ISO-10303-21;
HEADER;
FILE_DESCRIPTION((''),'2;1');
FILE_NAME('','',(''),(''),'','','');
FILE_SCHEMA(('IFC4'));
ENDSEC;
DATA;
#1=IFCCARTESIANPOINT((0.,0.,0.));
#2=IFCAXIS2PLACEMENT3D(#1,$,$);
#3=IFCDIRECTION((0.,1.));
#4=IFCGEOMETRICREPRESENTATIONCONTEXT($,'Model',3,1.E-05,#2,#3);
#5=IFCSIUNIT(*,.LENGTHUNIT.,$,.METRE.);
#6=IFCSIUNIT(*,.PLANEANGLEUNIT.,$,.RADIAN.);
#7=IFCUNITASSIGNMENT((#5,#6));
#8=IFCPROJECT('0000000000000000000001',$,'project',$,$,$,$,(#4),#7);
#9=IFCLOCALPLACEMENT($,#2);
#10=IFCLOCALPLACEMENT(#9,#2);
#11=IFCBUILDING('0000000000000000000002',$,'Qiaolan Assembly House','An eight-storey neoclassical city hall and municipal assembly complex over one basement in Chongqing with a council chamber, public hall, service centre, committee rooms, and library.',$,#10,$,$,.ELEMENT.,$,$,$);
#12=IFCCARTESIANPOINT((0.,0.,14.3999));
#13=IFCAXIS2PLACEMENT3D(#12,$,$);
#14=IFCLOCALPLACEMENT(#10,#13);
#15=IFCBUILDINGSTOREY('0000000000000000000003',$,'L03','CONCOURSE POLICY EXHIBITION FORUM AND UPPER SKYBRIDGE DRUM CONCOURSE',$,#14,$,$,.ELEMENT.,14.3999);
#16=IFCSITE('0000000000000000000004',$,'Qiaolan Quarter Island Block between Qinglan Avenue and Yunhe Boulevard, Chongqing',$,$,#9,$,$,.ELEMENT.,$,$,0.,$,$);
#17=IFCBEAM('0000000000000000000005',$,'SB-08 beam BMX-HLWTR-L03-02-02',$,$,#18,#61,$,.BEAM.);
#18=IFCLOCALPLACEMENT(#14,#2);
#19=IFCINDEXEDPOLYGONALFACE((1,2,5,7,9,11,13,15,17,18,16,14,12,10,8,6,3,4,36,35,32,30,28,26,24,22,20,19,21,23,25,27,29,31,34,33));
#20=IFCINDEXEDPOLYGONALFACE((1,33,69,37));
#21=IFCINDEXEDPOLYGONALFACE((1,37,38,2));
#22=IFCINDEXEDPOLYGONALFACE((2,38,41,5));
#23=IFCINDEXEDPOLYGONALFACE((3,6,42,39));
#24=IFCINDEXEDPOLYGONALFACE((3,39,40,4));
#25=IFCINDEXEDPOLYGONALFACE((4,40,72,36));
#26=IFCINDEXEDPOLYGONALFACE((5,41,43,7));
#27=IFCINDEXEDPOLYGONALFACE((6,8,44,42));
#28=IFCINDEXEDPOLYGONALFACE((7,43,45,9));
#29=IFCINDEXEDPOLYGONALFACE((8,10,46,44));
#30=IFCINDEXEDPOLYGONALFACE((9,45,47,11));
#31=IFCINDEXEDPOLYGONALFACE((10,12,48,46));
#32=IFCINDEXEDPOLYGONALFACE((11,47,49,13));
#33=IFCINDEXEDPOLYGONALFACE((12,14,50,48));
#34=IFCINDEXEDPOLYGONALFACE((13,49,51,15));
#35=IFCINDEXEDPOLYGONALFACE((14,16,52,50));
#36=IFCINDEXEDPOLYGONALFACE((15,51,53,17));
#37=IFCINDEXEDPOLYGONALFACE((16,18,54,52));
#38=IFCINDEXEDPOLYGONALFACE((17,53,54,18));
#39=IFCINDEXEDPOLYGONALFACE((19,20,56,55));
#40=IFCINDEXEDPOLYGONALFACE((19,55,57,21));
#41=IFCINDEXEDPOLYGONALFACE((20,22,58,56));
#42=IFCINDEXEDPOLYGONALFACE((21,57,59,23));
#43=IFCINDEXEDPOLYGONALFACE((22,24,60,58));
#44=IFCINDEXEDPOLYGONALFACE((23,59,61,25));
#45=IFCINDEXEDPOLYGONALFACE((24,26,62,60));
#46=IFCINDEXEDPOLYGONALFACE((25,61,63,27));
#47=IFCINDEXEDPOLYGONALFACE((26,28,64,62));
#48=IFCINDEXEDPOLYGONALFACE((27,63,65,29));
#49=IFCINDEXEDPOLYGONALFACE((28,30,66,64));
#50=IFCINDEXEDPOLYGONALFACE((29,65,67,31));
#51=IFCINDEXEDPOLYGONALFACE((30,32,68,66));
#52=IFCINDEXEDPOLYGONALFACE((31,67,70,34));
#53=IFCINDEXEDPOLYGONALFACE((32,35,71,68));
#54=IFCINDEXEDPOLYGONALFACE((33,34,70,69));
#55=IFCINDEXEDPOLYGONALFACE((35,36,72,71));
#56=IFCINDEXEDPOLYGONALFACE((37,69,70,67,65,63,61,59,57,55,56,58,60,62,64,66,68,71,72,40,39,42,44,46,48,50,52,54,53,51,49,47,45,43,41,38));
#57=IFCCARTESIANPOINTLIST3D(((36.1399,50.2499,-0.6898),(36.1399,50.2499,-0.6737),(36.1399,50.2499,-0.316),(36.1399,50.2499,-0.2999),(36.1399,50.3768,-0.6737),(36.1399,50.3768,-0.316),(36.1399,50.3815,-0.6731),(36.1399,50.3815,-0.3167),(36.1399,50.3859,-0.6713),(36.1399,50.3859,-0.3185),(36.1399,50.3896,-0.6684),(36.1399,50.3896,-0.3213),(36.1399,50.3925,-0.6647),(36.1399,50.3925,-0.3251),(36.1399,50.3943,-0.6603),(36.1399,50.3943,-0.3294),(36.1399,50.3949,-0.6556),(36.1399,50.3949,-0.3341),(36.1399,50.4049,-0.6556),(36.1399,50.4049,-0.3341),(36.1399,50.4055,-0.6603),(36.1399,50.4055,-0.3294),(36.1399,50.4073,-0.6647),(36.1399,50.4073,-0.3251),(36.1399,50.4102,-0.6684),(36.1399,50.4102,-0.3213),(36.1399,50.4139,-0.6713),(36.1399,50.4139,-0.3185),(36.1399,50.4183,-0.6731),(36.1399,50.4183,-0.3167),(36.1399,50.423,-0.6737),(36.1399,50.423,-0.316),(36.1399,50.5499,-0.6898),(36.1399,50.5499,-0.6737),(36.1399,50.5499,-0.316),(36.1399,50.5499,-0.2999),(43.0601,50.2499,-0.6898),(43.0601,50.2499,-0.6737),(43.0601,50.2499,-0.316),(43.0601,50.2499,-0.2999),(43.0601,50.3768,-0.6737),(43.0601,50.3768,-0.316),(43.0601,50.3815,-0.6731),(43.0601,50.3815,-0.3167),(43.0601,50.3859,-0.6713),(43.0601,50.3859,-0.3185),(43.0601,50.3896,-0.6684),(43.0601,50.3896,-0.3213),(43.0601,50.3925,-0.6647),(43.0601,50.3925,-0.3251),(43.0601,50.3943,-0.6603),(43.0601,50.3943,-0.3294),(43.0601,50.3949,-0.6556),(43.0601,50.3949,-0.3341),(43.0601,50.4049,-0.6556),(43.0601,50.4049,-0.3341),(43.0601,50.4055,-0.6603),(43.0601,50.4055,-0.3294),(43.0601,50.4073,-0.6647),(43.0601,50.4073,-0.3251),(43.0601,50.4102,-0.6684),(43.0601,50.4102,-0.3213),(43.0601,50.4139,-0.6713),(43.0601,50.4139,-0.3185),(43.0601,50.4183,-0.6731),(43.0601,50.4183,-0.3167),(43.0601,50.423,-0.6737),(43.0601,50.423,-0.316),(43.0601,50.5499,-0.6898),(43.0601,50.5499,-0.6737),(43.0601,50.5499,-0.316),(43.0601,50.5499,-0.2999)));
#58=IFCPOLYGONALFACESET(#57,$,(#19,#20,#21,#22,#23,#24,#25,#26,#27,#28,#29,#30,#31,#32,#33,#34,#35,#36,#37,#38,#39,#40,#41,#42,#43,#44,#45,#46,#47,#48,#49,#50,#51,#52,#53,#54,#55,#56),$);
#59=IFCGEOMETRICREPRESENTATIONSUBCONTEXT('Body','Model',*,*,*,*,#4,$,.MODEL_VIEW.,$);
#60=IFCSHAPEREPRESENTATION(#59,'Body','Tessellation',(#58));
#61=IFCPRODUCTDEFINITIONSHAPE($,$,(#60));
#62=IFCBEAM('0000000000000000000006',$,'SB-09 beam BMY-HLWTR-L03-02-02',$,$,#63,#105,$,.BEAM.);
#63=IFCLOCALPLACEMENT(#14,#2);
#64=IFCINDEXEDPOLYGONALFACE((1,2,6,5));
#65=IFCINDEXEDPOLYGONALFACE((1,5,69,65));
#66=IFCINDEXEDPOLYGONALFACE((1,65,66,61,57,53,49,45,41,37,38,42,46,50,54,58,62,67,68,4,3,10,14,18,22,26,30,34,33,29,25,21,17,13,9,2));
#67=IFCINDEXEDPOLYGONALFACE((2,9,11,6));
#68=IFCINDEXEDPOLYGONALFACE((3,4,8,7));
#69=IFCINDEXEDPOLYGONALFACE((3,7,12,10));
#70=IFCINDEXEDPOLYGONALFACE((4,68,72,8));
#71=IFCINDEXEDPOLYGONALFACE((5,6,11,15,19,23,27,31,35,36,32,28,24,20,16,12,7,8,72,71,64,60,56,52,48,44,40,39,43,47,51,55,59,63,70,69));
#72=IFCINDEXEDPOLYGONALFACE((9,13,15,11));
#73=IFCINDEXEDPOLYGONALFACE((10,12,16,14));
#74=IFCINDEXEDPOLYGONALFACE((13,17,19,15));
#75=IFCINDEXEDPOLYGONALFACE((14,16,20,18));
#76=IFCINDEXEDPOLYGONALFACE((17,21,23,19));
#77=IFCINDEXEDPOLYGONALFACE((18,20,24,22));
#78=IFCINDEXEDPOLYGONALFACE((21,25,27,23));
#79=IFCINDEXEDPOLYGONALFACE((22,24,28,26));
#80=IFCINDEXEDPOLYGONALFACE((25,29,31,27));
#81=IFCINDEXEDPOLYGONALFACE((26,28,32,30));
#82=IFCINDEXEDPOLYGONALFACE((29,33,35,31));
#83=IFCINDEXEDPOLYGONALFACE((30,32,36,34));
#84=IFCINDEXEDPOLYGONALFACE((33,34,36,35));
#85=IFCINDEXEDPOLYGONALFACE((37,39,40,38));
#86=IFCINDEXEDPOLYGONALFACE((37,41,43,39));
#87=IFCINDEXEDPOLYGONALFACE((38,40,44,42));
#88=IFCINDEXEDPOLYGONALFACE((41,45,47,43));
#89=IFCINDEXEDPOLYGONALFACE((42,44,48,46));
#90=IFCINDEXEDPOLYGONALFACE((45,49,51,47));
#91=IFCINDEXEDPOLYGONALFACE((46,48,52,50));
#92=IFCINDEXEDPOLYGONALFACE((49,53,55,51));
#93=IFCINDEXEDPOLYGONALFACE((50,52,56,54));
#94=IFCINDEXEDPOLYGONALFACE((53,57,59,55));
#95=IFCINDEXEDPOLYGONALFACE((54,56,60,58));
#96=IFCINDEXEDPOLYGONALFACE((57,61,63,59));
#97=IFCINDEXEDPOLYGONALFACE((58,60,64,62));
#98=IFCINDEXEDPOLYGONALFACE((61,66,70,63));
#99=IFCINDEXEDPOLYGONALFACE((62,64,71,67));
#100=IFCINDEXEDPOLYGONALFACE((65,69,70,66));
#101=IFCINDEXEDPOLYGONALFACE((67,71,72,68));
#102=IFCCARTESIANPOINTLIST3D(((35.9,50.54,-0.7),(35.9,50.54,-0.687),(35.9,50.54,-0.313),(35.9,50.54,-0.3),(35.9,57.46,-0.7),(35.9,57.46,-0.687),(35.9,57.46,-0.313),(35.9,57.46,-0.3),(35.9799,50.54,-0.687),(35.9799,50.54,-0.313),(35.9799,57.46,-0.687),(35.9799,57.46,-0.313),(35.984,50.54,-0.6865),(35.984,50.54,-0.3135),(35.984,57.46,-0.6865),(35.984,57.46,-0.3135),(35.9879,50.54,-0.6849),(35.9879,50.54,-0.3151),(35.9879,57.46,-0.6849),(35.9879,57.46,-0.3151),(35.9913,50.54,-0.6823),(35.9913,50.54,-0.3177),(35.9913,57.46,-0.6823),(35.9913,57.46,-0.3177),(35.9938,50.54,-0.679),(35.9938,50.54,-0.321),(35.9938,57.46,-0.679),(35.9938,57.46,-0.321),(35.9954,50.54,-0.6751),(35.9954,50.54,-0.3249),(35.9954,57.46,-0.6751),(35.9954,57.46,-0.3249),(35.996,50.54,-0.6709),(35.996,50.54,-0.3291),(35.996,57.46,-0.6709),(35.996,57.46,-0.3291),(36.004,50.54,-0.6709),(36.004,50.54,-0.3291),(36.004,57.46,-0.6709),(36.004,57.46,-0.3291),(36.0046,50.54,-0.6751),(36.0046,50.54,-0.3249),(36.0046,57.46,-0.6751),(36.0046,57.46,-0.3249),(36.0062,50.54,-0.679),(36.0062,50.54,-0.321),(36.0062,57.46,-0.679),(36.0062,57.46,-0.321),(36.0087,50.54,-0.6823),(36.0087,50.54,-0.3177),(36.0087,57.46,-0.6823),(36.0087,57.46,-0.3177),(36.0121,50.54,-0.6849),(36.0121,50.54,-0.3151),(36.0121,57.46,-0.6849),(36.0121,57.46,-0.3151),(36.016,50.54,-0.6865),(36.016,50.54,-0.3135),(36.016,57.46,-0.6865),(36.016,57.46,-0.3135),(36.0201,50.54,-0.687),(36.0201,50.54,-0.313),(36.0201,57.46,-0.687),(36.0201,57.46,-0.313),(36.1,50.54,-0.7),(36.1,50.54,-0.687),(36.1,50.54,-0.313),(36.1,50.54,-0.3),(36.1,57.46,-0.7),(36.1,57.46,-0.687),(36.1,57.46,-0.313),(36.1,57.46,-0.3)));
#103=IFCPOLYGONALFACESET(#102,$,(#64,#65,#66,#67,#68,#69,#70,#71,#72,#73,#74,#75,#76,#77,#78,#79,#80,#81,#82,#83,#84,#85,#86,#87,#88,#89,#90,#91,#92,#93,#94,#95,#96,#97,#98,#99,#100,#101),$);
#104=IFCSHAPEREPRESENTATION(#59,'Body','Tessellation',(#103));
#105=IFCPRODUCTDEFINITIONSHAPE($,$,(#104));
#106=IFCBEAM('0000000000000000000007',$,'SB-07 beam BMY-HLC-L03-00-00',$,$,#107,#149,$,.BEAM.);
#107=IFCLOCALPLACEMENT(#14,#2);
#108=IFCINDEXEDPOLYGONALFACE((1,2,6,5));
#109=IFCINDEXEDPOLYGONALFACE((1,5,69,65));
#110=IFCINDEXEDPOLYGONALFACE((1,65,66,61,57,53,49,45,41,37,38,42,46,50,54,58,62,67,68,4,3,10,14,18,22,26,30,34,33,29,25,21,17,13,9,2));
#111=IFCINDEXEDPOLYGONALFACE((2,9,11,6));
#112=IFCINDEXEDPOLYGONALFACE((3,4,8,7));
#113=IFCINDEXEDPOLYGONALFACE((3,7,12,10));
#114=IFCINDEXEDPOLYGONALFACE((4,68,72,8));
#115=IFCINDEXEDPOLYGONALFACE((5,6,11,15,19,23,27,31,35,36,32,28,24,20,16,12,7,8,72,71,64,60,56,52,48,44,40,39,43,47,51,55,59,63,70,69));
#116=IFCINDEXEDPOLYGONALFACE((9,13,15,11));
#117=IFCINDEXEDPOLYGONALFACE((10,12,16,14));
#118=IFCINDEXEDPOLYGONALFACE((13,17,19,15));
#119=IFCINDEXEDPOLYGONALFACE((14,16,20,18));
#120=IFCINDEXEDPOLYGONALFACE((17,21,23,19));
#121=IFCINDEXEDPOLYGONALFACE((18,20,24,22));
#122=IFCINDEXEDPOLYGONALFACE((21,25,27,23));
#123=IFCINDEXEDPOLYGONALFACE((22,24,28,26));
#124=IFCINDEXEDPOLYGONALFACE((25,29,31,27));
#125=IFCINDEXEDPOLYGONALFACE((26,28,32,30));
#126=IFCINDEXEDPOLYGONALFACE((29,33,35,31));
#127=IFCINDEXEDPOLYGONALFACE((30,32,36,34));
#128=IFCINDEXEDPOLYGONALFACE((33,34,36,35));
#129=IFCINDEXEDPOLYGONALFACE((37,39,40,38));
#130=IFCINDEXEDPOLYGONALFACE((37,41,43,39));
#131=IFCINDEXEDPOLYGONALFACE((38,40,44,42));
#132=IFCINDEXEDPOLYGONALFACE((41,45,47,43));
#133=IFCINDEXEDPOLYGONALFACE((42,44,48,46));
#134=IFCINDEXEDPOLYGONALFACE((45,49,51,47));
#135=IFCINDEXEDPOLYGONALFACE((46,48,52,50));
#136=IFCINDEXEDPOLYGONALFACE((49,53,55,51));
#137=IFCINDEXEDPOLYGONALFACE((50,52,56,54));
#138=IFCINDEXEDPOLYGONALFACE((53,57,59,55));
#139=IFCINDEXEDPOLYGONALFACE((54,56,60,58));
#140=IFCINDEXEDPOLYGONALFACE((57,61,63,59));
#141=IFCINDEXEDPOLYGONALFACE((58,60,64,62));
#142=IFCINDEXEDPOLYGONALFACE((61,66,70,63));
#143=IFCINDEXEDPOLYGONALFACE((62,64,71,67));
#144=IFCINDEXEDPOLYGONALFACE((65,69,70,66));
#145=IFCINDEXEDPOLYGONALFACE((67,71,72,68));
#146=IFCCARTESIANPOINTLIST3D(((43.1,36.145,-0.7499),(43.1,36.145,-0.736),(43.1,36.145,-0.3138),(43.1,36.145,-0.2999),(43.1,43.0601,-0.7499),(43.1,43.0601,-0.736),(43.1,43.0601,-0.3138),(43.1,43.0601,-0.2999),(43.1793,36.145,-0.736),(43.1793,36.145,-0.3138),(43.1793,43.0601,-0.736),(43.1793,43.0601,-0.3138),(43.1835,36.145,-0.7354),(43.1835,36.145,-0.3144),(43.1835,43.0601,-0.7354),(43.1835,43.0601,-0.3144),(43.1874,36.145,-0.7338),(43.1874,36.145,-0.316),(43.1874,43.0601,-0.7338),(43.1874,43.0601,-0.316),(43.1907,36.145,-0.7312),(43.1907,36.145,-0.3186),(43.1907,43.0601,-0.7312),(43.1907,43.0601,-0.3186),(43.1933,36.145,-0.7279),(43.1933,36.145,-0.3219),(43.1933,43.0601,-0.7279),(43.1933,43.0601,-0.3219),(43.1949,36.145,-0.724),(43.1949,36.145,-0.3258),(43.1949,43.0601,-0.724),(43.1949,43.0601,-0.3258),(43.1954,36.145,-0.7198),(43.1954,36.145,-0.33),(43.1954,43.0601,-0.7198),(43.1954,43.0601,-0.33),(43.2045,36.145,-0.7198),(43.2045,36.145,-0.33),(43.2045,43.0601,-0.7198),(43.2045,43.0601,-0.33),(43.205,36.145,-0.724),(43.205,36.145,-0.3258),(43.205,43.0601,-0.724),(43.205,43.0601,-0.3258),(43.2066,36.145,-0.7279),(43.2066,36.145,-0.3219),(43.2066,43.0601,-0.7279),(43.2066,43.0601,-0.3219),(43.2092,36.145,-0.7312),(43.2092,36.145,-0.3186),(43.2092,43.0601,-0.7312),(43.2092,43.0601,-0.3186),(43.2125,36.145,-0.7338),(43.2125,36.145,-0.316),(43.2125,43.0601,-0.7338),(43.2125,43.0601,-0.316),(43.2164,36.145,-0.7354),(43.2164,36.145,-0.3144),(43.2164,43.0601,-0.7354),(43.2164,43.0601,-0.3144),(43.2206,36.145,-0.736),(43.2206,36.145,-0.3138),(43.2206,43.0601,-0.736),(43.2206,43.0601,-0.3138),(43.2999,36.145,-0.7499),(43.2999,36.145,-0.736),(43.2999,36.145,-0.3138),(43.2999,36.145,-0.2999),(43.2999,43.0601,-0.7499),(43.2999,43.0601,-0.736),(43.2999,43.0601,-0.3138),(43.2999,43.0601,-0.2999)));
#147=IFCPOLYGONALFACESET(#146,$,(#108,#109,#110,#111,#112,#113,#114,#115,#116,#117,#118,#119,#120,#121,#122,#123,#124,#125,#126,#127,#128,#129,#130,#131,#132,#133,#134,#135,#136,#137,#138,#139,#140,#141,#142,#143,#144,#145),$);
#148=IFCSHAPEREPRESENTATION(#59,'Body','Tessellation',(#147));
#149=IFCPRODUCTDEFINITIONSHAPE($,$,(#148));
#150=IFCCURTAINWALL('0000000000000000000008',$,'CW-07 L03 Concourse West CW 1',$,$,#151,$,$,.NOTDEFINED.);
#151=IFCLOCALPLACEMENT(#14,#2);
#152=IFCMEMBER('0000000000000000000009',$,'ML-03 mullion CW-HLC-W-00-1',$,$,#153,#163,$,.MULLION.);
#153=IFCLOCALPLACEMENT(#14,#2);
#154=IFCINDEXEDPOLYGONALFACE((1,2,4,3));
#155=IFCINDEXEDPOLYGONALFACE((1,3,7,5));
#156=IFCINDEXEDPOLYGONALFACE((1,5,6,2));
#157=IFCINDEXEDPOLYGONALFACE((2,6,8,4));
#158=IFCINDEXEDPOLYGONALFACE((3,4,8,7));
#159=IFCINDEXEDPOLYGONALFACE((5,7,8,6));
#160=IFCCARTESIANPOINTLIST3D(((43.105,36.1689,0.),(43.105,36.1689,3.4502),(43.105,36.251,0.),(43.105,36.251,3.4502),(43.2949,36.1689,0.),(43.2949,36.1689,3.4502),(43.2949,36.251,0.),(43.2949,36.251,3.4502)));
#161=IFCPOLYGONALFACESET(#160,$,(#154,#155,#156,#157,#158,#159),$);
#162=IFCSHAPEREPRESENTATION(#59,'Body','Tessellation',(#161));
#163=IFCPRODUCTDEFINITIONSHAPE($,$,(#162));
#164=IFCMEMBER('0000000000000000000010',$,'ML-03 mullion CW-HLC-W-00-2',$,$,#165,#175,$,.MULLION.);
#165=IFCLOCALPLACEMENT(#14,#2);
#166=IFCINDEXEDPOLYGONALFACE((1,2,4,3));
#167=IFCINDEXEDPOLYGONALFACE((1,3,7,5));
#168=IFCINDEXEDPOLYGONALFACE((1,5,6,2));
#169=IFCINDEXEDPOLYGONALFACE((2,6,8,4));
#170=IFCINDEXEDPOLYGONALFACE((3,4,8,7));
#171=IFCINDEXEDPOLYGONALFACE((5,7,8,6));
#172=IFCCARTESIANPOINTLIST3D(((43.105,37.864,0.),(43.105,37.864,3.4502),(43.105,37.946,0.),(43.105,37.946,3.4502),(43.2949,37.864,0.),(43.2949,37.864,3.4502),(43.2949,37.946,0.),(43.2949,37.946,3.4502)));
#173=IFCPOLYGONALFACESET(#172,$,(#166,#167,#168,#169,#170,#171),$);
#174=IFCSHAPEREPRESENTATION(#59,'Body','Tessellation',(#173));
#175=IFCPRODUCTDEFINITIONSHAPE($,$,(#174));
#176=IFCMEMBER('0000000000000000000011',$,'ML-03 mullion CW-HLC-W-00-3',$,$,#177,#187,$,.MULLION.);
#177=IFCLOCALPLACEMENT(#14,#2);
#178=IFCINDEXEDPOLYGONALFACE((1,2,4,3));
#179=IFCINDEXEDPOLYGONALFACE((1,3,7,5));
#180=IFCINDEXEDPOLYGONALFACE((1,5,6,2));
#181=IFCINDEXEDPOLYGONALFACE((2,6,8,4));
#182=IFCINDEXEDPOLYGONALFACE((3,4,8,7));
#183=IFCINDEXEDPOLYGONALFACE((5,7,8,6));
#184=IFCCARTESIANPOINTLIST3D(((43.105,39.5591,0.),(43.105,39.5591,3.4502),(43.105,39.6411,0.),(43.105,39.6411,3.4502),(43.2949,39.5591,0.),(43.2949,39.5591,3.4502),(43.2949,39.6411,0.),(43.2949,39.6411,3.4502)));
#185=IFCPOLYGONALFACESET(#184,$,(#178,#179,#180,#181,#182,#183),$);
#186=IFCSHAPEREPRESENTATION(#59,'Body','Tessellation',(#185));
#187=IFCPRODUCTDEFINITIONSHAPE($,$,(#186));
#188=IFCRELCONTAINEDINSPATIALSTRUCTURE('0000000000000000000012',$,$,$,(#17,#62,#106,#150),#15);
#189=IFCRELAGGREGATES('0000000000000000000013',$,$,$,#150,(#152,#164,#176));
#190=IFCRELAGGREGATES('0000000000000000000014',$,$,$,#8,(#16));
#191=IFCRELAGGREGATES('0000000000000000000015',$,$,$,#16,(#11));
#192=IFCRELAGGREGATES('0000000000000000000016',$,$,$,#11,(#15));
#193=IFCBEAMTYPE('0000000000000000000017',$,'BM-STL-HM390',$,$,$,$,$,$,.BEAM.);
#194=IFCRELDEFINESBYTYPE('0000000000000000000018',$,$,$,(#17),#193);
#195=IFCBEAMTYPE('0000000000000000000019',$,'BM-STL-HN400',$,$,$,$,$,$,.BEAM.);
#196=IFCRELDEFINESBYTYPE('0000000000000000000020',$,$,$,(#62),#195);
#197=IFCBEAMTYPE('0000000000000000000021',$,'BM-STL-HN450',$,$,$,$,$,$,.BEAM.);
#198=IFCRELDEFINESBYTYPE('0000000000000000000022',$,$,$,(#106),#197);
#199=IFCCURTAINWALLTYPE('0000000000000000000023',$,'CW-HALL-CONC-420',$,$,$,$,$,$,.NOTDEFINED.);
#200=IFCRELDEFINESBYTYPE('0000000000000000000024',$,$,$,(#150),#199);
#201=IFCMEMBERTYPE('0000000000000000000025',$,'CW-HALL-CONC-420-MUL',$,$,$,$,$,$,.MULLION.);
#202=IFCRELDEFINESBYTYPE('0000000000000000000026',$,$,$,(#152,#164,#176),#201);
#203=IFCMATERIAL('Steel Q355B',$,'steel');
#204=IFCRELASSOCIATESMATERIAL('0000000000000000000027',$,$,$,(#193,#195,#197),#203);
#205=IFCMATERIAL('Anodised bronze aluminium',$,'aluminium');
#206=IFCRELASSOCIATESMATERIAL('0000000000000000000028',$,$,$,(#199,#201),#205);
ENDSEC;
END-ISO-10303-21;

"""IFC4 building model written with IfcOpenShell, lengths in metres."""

from ifc_helpers import new_model, si_unit, direction, frame, origin, origin_2d, place, context, subcontext, project, spatial, rectangle, i_section, extrude, material, material_profile, profile_set, type_object, element, aggregate, save


model = new_model("IFC4")

# Units and contexts
model_context = context("Model", 3, precision=1e-05, world=origin(), true_north=direction((0.0, 1.0)))
body_context = subcontext(model_context, "Body", "Model", "MODEL_VIEW")
ifc_project = project(units=[si_unit("LENGTHUNIT", "METRE"), si_unit("PLANEANGLEUNIT", "RADIAN")], contexts=[model_context])

# Site, building, storey
site_placement = place(None, origin())
site = spatial("IfcSite", under=ifc_project, at=site_placement, Name="Qiaolan Quarter Island Block between Qinglan Avenue and Yunhe Boulevard, Chongqing", CompositionType="ELEMENT", RefElevation=0.0)
building_placement = place(site_placement, origin())
building = spatial("IfcBuilding", under=site, at=building_placement, Name="Qiaolan Assembly House", Description="An eight-storey neoclassical city hall and municipal assembly complex over one basement in Chongqing with a council chamber, public hall, service centre, committee rooms, and library.", CompositionType="ELEMENT")
storey_placement = place(building_placement, frame((0.0, 0.0, 14.3999)))
storey = spatial("IfcBuildingStorey", under=building, at=storey_placement, Name="L03", Description="CONCOURSE POLICY EXHIBITION FORUM AND UPPER SKYBRIDGE DRUM CONCOURSE", CompositionType="ELEMENT", Elevation=14.3999)

# Shared definitions
ifc_material_1 = material(Name="Steel Q355B", Category="steel")

# Beams
ifc_material_profile_1 = material_profile(ifc_material_1, i_section(OverallWidth=0.3, OverallDepth=0.3899, WebThickness=0.01, FlangeThickness=0.0161, FilletRadius=0.0181, at=origin_2d()), Name="HM 390x300x10x16")
ifc_profile_set_1 = profile_set([ifc_material_profile_1], Name="Steel Q355B")
beam_type_1 = type_object("IfcBeamType", Name="BM-STL-HM390", PredefinedType="BEAM", material=ifc_profile_set_1)
for number, where, z_axis, x_axis, name in (
    (1, (36.1399, 50.3999, -0.4949), (1.0, 0.0, 0.0), (0.0, 1.0, 0.0), "SB-08 beam BMX-HLWTR-L03-02-02"),
):
    element("IfcBeam", number, at=place(storey_placement, frame(where, z_axis=z_axis, x_axis=x_axis)), inside=storey, type_object=beam_type_1, Name=name, PredefinedType="BEAM", context=body_context, shape_type="SweptSolid", body=[
        extrude(i_section(OverallWidth=0.3, OverallDepth=0.3899, WebThickness=0.01, FlangeThickness=0.0161, FilletRadius=0.0181, at=origin_2d()), origin(), (0.0, 0.0, 1.0), 6.9202),
    ])
ifc_material_profile_2 = material_profile(ifc_material_1, i_section(OverallWidth=0.2, OverallDepth=0.3999, WebThickness=0.0081, FlangeThickness=0.0129, FilletRadius=0.0161, at=origin_2d()), Name="HN 400x200x8x13")
ifc_profile_set_2 = profile_set([ifc_material_profile_2], Name="Steel Q355B")
beam_type_2 = type_object("IfcBeamType", Name="BM-STL-HN400", PredefinedType="BEAM", material=ifc_profile_set_2)
beam_1_placement = place(storey_placement, frame((36.0, 50.54, -0.5), z_axis=(0.0, 1.0, 0.0), x_axis=(-1.0, 0.0, 0.0)))
element("IfcBeam", 2, at=beam_1_placement, inside=storey, type_object=beam_type_2, Name="SB-09 beam BMY-HLWTR-L03-02-02", PredefinedType="BEAM", context=body_context, shape_type="SweptSolid", body=[
    extrude(i_section(OverallWidth=0.2, OverallDepth=0.3999, WebThickness=0.0081, FlangeThickness=0.0129, FilletRadius=0.0161, at=origin_2d()), origin(), (0.0, 0.0, 1.0), 6.9199),
])
ifc_material_profile_3 = material_profile(ifc_material_1, i_section(OverallWidth=0.2, OverallDepth=0.45, WebThickness=0.009, FlangeThickness=0.0139, FilletRadius=0.0161, at=origin_2d()), Name="HN 450x200x9x14")
ifc_profile_set_3 = profile_set([ifc_material_profile_3], Name="Steel Q355B")
beam_type_3 = type_object("IfcBeamType", Name="BM-STL-HN450", PredefinedType="BEAM", material=ifc_profile_set_3)
beam_2_placement = place(storey_placement, frame((43.2, 36.145, -0.5249), z_axis=(0.0, 1.0, 0.0), x_axis=(-1.0, 0.0, 0.0)))
element("IfcBeam", 3, at=beam_2_placement, inside=storey, type_object=beam_type_3, Name="SB-07 beam BMY-HLC-L03-00-00", PredefinedType="BEAM", context=body_context, shape_type="SweptSolid", body=[
    extrude(i_section(OverallWidth=0.2, OverallDepth=0.45, WebThickness=0.009, FlangeThickness=0.0139, FilletRadius=0.0161, at=origin_2d()), origin(), (0.0, 0.0, 1.0), 6.915),
])

# Curtain wall, members
ifc_material_2 = material(Name="Anodised bronze aluminium", Category="aluminium")
curtain_wall_type = type_object("IfcCurtainWallType", Name="CW-HALL-CONC-420", PredefinedType="NOTDEFINED", material=ifc_material_2)
curtain_wall_placement = place(storey_placement, origin())
curtain_wall = element("IfcCurtainWall", 4, at=curtain_wall_placement, inside=storey, type_object=curtain_wall_type, Name="CW-07 L03 Concourse West CW 1", PredefinedType="NOTDEFINED")
ifc_material_profile_4 = material_profile(ifc_material_2, rectangle(XDim=0.082, YDim=0.1899, at=origin_2d()), Name="MUL 82x190")
ifc_profile_set_4 = profile_set([ifc_material_profile_4], Name="Anodised bronze aluminium")
member_type_1 = type_object("IfcMemberType", Name="CW-HALL-CONC-420-MUL", PredefinedType="MULLION", material=ifc_profile_set_4)
member_1_placement = place(storey_placement, frame((43.2, 36.21, 0.0), z_axis=(0.0, 0.0, 1.0), x_axis=(0.0, 1.0, 0.0)))
member_1 = element("IfcMember", 5, at=member_1_placement, type_object=member_type_1, Name="ML-03 mullion CW-HLC-W-00-1", PredefinedType="MULLION", context=body_context, shape_type="SweptSolid", body=[
    extrude(rectangle(XDim=0.082, YDim=0.1899, at=origin_2d()), origin(), (0.0, 0.0, 1.0), 3.4502),
])
member_2_placement = place(storey_placement, frame((43.2, 37.905, 0.0), z_axis=(0.0, 0.0, 1.0), x_axis=(0.0, 1.0, 0.0)))
member_2 = element("IfcMember", 6, at=member_2_placement, type_object=member_type_1, Name="ML-03 mullion CW-HLC-W-00-2", PredefinedType="MULLION", context=body_context, shape_type="SweptSolid", body=[
    extrude(rectangle(XDim=0.082, YDim=0.1899, at=origin_2d()), origin(), (0.0, 0.0, 1.0), 3.4502),
])
member_3_placement = place(storey_placement, frame((43.2, 39.6001, 0.0), z_axis=(0.0, 0.0, 1.0), x_axis=(0.0, 1.0, 0.0)))
member_3 = element("IfcMember", 7, at=member_3_placement, type_object=member_type_1, Name="ML-03 mullion CW-HLC-W-00-3", PredefinedType="MULLION", context=body_context, shape_type="SweptSolid", body=[
    extrude(rectangle(XDim=0.082, YDim=0.1899, at=origin_2d()), origin(), (0.0, 0.0, 1.0), 3.4502),
])

aggregate(curtain_wall, [member_1, member_2, member_3])

save(model, "model.ifc")
